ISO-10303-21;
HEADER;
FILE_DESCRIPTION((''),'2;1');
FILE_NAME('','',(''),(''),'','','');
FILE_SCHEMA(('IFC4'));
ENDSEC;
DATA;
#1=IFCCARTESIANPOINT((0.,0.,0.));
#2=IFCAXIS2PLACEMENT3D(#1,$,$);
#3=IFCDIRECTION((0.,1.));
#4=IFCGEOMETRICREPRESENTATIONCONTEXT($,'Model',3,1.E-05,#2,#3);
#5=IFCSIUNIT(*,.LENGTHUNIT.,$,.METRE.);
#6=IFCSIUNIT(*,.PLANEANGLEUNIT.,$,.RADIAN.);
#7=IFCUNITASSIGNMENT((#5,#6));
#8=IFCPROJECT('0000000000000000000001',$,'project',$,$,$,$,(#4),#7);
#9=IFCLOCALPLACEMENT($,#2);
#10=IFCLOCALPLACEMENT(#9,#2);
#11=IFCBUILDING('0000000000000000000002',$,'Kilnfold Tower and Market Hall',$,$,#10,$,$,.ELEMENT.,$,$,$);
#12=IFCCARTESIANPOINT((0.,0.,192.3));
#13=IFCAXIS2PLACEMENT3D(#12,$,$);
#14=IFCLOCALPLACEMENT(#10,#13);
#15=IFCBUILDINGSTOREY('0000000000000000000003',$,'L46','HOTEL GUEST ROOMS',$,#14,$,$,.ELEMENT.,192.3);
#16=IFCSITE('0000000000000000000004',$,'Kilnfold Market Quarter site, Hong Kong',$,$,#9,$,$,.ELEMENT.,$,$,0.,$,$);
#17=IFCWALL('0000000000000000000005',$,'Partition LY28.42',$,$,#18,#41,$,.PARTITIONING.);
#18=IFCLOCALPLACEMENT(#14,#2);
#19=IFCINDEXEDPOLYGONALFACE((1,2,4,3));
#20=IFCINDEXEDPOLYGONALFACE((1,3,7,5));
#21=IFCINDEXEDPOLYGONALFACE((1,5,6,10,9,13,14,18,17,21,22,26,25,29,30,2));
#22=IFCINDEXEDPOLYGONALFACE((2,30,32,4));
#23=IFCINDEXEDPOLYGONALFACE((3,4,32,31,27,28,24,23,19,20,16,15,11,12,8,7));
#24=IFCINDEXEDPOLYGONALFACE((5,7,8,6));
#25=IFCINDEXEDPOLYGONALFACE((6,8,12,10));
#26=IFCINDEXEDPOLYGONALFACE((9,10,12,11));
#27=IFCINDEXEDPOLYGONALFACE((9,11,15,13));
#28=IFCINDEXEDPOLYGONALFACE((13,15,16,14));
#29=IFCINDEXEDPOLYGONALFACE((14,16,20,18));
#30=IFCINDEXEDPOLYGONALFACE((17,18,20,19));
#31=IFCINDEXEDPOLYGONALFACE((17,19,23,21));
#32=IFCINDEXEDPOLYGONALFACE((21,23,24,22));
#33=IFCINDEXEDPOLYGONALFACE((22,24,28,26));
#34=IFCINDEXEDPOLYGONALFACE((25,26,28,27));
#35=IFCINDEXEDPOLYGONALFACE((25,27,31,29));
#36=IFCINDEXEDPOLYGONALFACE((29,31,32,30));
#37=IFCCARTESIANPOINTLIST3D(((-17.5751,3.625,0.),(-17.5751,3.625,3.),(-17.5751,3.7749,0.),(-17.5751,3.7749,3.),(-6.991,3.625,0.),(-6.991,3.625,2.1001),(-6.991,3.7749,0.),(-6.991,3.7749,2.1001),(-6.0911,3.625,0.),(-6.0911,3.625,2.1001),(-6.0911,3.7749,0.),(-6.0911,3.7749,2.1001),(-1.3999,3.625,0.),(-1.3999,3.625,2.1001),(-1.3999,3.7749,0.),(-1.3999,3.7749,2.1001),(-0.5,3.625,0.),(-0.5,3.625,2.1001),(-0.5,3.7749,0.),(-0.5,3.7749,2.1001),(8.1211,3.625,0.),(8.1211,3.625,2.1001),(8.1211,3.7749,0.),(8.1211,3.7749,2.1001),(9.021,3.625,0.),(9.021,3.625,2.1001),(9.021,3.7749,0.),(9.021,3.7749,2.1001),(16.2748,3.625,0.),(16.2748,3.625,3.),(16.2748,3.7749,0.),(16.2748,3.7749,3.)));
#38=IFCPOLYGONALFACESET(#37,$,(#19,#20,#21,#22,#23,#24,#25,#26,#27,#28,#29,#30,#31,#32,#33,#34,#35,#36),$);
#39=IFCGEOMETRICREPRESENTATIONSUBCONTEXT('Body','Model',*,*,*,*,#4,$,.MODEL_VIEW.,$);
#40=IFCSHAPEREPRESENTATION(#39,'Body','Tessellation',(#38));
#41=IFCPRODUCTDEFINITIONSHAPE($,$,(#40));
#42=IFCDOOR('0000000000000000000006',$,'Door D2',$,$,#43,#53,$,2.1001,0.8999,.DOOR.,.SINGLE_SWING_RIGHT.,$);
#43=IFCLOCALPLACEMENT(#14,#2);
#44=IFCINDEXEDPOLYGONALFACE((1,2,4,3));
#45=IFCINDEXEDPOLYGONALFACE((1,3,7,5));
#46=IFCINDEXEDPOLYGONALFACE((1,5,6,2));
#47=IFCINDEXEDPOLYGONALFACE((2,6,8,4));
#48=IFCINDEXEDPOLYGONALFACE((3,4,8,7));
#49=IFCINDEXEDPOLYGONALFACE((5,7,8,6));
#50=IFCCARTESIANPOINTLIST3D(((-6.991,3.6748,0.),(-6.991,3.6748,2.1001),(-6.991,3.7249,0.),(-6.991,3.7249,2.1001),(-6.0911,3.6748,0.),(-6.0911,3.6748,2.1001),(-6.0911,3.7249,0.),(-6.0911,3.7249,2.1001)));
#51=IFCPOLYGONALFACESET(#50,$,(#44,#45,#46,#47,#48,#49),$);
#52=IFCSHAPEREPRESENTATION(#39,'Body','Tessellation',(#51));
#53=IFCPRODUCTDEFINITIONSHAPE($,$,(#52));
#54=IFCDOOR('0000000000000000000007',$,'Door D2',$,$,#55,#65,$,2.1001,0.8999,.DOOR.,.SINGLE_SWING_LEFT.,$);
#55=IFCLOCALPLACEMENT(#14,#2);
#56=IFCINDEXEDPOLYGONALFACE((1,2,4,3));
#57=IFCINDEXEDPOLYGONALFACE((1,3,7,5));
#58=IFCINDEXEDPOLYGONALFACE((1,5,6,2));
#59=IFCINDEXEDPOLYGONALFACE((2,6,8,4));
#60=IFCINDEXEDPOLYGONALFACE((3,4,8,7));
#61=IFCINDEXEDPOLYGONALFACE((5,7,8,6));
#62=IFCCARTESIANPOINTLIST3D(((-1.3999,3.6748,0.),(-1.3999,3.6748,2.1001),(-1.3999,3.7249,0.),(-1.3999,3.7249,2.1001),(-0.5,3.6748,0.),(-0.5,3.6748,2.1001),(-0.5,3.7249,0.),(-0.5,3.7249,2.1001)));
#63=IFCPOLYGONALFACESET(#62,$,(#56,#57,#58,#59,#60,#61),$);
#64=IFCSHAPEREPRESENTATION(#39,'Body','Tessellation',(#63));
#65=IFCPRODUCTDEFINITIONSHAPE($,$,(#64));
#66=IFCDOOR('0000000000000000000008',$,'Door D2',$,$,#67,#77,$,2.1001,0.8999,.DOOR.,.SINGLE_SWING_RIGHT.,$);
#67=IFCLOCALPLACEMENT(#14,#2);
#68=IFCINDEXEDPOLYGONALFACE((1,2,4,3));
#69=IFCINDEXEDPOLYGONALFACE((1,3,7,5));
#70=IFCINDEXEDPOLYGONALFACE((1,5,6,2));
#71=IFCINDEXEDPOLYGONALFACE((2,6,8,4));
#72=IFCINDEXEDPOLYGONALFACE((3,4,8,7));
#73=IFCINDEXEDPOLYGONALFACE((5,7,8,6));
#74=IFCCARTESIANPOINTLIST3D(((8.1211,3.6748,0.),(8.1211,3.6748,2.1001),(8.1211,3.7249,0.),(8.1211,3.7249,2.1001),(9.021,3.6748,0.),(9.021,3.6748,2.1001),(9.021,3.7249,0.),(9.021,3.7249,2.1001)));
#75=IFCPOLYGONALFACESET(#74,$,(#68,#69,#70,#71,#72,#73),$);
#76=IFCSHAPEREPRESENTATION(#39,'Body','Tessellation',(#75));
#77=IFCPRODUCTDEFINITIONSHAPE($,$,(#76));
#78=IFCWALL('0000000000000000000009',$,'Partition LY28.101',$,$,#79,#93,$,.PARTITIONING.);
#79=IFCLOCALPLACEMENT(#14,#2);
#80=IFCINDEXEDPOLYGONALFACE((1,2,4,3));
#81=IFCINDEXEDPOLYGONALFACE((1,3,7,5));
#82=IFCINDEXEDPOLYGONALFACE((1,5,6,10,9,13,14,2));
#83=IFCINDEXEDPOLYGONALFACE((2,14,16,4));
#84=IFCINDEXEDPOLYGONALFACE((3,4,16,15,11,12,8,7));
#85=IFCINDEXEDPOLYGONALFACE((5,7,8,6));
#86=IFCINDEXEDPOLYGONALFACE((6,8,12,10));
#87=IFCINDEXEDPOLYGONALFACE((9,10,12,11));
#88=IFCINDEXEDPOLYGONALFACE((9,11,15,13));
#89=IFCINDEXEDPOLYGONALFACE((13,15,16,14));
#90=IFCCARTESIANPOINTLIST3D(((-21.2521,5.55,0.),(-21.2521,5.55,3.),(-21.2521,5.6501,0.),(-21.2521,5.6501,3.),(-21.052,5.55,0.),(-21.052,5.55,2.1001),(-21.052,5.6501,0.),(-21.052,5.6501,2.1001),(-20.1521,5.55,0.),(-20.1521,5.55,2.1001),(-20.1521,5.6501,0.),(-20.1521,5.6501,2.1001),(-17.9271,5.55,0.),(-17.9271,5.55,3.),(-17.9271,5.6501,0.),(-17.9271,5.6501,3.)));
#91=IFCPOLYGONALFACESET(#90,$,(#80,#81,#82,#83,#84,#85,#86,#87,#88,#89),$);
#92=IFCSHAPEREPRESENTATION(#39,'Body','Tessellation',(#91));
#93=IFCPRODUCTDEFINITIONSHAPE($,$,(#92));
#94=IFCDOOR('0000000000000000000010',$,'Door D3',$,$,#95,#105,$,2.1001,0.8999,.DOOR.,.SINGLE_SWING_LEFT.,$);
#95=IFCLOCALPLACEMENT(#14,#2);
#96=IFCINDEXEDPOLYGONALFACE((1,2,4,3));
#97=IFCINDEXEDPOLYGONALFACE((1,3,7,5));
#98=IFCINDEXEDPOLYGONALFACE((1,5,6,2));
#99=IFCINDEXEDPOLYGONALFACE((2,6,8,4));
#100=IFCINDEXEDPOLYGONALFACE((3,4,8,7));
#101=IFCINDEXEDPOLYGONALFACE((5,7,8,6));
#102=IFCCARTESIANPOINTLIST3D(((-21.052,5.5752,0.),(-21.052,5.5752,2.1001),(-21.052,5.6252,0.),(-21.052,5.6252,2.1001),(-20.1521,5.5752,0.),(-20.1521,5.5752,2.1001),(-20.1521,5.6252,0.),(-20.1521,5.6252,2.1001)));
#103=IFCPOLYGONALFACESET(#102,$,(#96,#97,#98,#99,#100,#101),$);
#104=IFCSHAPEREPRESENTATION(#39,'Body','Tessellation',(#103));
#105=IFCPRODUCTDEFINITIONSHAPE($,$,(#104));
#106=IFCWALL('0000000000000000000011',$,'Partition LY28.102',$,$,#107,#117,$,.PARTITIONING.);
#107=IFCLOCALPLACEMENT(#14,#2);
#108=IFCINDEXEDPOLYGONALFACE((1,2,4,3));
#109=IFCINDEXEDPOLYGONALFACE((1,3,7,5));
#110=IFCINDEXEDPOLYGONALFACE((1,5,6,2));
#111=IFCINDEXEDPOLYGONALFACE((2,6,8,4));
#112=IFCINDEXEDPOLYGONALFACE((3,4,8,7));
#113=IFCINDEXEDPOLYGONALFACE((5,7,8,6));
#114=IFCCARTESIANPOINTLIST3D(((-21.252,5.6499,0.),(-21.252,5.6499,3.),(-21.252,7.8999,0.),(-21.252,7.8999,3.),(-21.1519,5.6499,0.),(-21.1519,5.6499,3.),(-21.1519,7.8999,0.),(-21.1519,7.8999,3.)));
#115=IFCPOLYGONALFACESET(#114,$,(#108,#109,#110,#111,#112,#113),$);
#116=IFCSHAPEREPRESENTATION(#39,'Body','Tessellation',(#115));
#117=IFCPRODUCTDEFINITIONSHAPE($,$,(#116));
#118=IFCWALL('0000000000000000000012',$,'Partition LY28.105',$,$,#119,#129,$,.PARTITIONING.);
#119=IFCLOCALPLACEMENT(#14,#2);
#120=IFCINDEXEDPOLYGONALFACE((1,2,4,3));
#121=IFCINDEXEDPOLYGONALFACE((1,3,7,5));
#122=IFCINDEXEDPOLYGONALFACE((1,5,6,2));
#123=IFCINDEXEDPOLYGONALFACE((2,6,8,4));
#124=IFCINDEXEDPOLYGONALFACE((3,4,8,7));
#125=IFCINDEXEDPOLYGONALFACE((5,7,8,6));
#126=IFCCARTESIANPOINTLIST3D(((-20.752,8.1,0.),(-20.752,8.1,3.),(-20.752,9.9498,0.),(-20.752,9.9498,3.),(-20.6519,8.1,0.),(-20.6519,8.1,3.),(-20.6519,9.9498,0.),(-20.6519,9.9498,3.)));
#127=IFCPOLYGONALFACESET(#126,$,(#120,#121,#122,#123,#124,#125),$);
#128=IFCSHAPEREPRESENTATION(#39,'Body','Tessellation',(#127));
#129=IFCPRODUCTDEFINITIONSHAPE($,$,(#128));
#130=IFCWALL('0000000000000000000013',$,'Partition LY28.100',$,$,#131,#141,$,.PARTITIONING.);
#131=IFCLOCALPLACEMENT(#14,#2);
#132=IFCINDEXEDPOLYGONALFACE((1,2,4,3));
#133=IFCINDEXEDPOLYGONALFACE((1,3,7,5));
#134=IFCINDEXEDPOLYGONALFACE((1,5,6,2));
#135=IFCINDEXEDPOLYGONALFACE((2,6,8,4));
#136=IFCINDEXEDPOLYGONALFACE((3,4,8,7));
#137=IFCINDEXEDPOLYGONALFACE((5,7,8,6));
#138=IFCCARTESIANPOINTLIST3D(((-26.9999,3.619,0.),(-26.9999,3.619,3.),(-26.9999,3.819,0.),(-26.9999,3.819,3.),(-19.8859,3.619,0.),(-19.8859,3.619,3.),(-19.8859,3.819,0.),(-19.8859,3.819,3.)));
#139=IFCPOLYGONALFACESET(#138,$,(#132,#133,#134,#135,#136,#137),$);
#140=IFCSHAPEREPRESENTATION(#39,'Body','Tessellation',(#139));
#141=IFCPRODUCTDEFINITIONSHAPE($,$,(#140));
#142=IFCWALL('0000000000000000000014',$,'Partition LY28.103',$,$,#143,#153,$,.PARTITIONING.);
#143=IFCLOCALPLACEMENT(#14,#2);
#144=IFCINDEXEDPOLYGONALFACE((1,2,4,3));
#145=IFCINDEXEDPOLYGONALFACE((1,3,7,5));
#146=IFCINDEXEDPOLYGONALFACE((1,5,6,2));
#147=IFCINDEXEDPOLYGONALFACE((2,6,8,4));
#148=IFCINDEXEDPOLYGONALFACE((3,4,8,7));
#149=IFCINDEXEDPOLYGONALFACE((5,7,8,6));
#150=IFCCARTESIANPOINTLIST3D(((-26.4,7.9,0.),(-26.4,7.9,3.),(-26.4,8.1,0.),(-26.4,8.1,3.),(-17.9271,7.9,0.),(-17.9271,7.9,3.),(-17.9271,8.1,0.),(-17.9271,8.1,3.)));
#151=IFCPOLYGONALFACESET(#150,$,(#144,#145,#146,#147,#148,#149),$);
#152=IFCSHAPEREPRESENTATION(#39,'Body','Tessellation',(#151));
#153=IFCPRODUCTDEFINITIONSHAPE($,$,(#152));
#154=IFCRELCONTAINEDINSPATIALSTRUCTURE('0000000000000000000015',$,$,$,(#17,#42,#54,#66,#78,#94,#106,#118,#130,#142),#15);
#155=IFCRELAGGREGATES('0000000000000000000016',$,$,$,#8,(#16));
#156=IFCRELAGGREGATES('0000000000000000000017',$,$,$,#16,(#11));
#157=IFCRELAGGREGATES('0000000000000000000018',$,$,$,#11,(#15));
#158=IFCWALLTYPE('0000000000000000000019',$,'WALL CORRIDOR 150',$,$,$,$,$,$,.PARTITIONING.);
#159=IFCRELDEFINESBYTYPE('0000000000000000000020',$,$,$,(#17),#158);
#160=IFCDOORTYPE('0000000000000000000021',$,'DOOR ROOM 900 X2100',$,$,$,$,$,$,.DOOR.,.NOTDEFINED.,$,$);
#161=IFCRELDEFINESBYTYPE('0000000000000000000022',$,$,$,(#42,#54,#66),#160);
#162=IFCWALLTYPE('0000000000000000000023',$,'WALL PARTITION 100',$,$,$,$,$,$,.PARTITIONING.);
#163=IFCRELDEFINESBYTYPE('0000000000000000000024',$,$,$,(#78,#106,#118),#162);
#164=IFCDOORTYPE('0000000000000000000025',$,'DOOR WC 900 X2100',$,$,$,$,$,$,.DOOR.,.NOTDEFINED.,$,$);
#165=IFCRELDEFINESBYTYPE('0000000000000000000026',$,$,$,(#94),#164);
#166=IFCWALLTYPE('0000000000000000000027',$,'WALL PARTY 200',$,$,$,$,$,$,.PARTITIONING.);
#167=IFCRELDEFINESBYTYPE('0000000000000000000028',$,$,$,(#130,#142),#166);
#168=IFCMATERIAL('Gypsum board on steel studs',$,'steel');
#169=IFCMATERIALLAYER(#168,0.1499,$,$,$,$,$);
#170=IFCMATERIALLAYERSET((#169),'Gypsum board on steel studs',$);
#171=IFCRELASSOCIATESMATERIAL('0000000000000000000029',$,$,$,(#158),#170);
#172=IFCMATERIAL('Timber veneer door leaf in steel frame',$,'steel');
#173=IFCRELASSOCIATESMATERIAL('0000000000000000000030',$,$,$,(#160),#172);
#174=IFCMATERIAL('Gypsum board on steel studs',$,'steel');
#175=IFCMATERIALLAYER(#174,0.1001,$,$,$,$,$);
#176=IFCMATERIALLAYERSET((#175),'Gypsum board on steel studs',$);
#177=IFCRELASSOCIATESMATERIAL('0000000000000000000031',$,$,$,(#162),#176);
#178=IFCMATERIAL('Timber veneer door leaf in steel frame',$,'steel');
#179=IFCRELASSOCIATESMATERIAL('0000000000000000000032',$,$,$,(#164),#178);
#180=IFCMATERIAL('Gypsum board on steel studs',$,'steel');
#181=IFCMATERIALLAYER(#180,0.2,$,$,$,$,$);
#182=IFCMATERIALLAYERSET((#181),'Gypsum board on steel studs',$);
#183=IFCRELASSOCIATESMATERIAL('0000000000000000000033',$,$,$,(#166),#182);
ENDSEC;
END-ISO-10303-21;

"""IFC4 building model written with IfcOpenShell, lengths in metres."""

from ifc_helpers import new_model, si_unit, direction, frame, frame_2d, origin, place, context, subcontext, project, spatial, rectangle, extrude, material, layer, layer_set, type_object, element, fill, save


model = new_model("IFC4")

# Units and contexts
model_context = context("Model", 3, precision=1e-05, world=origin(), true_north=direction((0.0, 1.0)))
body_context = subcontext(model_context, "Body", "Model", "MODEL_VIEW")
ifc_project = project(units=[si_unit("LENGTHUNIT", "METRE"), si_unit("PLANEANGLEUNIT", "RADIAN")], contexts=[model_context])

# Site, building, storey
site_placement = place(None, origin())
site = spatial("IfcSite", under=ifc_project, at=site_placement, Name="Kilnfold Market Quarter site, Hong Kong", CompositionType="ELEMENT", RefElevation=0.0)
building_placement = place(site_placement, origin())
building = spatial("IfcBuilding", under=site, at=building_placement, Name="Kilnfold Tower and Market Hall", CompositionType="ELEMENT")
storey_placement = place(building_placement, frame((0.0, 0.0, 192.3)))
storey = spatial("IfcBuildingStorey", under=building, at=storey_placement, Name="L46", Description="HOTEL GUEST ROOMS", CompositionType="ELEMENT", Elevation=192.3)

# Shared definitions
ifc_material_1 = material(Name="Gypsum board on steel studs", Category="steel")
ifc_layer_1 = layer(ifc_material_1, 0.1499)
ifc_layer_set_1 = layer_set([ifc_layer_1], Name="Gypsum board on steel studs")
wall_type_1 = type_object("IfcWallType", Name="WALL CORRIDOR 150", PredefinedType="PARTITIONING", material=ifc_layer_set_1)

# Wall, openings, doors
wall_1_placement = place(storey_placement, frame((-17.575, 3.7, 0.0), z_axis=(0.0, 0.0, 1.0), x_axis=(1.0, 0.0, 0.0)))
wall_1 = element("IfcWall", 1, at=wall_1_placement, inside=storey, type_object=wall_type_1, Name="Partition LY28.42", PredefinedType="PARTITIONING", context=body_context, shape_type="SweptSolid", body=[
    extrude(rectangle(XDim=33.8499, YDim=0.1499, at=frame_2d((16.9248, 0.0))), origin(), (0.0, 0.0, 1.0), 3.0),
])
opening_1_placement = place(wall_1_placement, frame((10.584, 0.0, 0.0)))
opening_1 = element("IfcOpeningElement", 2, at=opening_1_placement, cuts=wall_1, PredefinedType="OPENING", context=body_context, shape_type="SweptSolid", body=[
    extrude(rectangle(XDim=0.8999, YDim=2.1001, at=frame_2d((0.45, 1.05))), frame((0.0, 0.085, 0.0), z_axis=(0.0, -1.0, 0.0), x_axis=(1.0, 0.0, 0.0)), (0.0, 0.0, 1.0), 0.1699),
])
opening_2_placement = place(wall_1_placement, frame((16.175, 0.0, 0.0)))
opening_2 = element("IfcOpeningElement", 3, at=opening_2_placement, cuts=wall_1, PredefinedType="OPENING", context=body_context, shape_type="SweptSolid", body=[
    extrude(rectangle(XDim=0.8999, YDim=2.1001, at=frame_2d((0.45, 1.05))), frame((0.0, 0.085, 0.0), z_axis=(0.0, -1.0, 0.0), x_axis=(1.0, 0.0, 0.0)), (0.0, 0.0, 1.0), 0.1699),
])
opening_3_placement = place(wall_1_placement, frame((25.696, 0.0, 0.0)))
opening_3 = element("IfcOpeningElement", 4, at=opening_3_placement, cuts=wall_1, PredefinedType="OPENING", context=body_context, shape_type="SweptSolid", body=[
    extrude(rectangle(XDim=0.8999, YDim=2.1001, at=frame_2d((0.45, 1.05))), frame((0.0, 0.085, 0.0), z_axis=(0.0, -1.0, 0.0), x_axis=(1.0, 0.0, 0.0)), (0.0, 0.0, 1.0), 0.1699),
])
ifc_material_2 = material(Name="Timber veneer door leaf in steel frame", Category="steel")
door_type_1 = type_object("IfcDoorType", Name="DOOR ROOM 900 X2100", OperationType="NOTDEFINED", PredefinedType="DOOR", material=ifc_material_2)
door_1_placement = place(opening_1_placement, origin())
door_1 = element("IfcDoor", 5, at=door_1_placement, inside=storey, type_object=door_type_1, Name="Door D2", OperationType="SINGLE_SWING_RIGHT", OverallHeight=2.1001, OverallWidth=0.8999, PredefinedType="DOOR", context=body_context, shape_type="SweptSolid", body=[
    extrude(rectangle(XDim=0.8999, YDim=2.1001, at=frame_2d((0.45, 1.05))), frame((0.0, 0.0249, 0.0), z_axis=(0.0, -1.0, 0.0), x_axis=(1.0, 0.0, 0.0)), (0.0, 0.0, 1.0), 0.05),
])
fill(opening_1, door_1)
door_2_placement = place(opening_2_placement, origin())
door_2 = element("IfcDoor", 6, at=door_2_placement, inside=storey, type_object=door_type_1, Name="Door D2", OperationType="SINGLE_SWING_LEFT", OverallHeight=2.1001, OverallWidth=0.8999, PredefinedType="DOOR", context=body_context, shape_type="SweptSolid", body=[
    extrude(rectangle(XDim=0.8999, YDim=2.1001, at=frame_2d((0.45, 1.05))), frame((0.0, 0.0249, 0.0), z_axis=(0.0, -1.0, 0.0), x_axis=(1.0, 0.0, 0.0)), (0.0, 0.0, 1.0), 0.05),
])
fill(opening_2, door_2)
door_3_placement = place(opening_3_placement, origin())
door_3 = element("IfcDoor", 7, at=door_3_placement, inside=storey, type_object=door_type_1, Name="Door D2", OperationType="SINGLE_SWING_RIGHT", OverallHeight=2.1001, OverallWidth=0.8999, PredefinedType="DOOR", context=body_context, shape_type="SweptSolid", body=[
    extrude(rectangle(XDim=0.8999, YDim=2.1001, at=frame_2d((0.45, 1.05))), frame((0.0, 0.0249, 0.0), z_axis=(0.0, -1.0, 0.0), x_axis=(1.0, 0.0, 0.0)), (0.0, 0.0, 1.0), 0.05),
])
fill(opening_3, door_3)

# Wall, opening, door
ifc_material_3 = material(Name="Gypsum board on steel studs", Category="steel")
ifc_layer_2 = layer(ifc_material_3, 0.1001)
ifc_layer_set_2 = layer_set([ifc_layer_2], Name="Gypsum board on steel studs")
wall_type_2 = type_object("IfcWallType", Name="WALL PARTITION 100", PredefinedType="PARTITIONING", material=ifc_layer_set_2)
wall_2_placement = place(storey_placement, frame((-17.927, 5.6001, 0.0), z_axis=(0.0, 0.0, 1.0), x_axis=(-1.0, 0.0, 0.0)))
wall_2 = element("IfcWall", 8, at=wall_2_placement, inside=storey, type_object=wall_type_2, Name="Partition LY28.101", PredefinedType="PARTITIONING", context=body_context, shape_type="SweptSolid", body=[
    extrude(rectangle(XDim=3.325, YDim=0.1001, at=frame_2d((1.6626, 0.0))), origin(), (0.0, 0.0, 1.0), 3.0),
])
opening_4_placement = place(wall_2_placement, frame((2.2251, 0.0, 0.0)))
opening_4 = element("IfcOpeningElement", 9, at=opening_4_placement, cuts=wall_2, PredefinedType="OPENING", context=body_context, shape_type="SweptSolid", body=[
    extrude(rectangle(XDim=0.8999, YDim=2.1001, at=frame_2d((0.45, 1.05))), frame((0.0, 0.0601, 0.0), z_axis=(0.0, -1.0, 0.0), x_axis=(1.0, 0.0, 0.0)), (0.0, 0.0, 1.0), 0.1201),
])
ifc_material_4 = material(Name="Timber veneer door leaf in steel frame", Category="steel")
door_type_2 = type_object("IfcDoorType", Name="DOOR WC 900 X2100", OperationType="NOTDEFINED", PredefinedType="DOOR", material=ifc_material_4)
door_4_placement = place(opening_4_placement, origin())
door_4 = element("IfcDoor", 10, at=door_4_placement, inside=storey, type_object=door_type_2, Name="Door D3", OperationType="SINGLE_SWING_LEFT", OverallHeight=2.1001, OverallWidth=0.8999, PredefinedType="DOOR", context=body_context, shape_type="SweptSolid", body=[
    extrude(rectangle(XDim=0.8999, YDim=2.1001, at=frame_2d((0.45, 1.05))), frame((0.0, 0.0249, 0.0), z_axis=(0.0, -1.0, 0.0), x_axis=(1.0, 0.0, 0.0)), (0.0, 0.0, 1.0), 0.05),
])
fill(opening_4, door_4)

# Walls
wall_3_placement = place(storey_placement, frame((-21.2019, 5.6499, 0.0), z_axis=(0.0, 0.0, 1.0), x_axis=(0.0, 1.0, 0.0)))
element("IfcWall", 11, at=wall_3_placement, inside=storey, type_object=wall_type_2, Name="Partition LY28.102", PredefinedType="PARTITIONING", context=body_context, shape_type="SweptSolid", body=[
    extrude(rectangle(XDim=2.25, YDim=0.1001, at=frame_2d((1.125, 0.0))), origin(), (0.0, 0.0, 1.0), 3.0),
])
wall_4_placement = place(storey_placement, frame((-20.7019, 8.1001, 0.0), z_axis=(0.0, 0.0, 1.0), x_axis=(0.0, 1.0, 0.0)))
element("IfcWall", 12, at=wall_4_placement, inside=storey, type_object=wall_type_2, Name="Partition LY28.105", PredefinedType="PARTITIONING", context=body_context, shape_type="SweptSolid", body=[
    extrude(rectangle(XDim=1.8499, YDim=0.1001, at=frame_2d((0.9248, 0.0))), origin(), (0.0, 0.0, 1.0), 3.0),
])
ifc_material_5 = material(Name="Gypsum board on steel studs", Category="steel")
ifc_layer_3 = layer(ifc_material_5, 0.2)
ifc_layer_set_3 = layer_set([ifc_layer_3], Name="Gypsum board on steel studs")
wall_type_3 = type_object("IfcWallType", Name="WALL PARTY 200", PredefinedType="PARTITIONING", material=ifc_layer_set_3)
wall_5_placement = place(storey_placement, frame((-27.0, 3.719, 0.0), z_axis=(0.0, 0.0, 1.0), x_axis=(1.0, 0.0, 0.0)))
element("IfcWall", 13, at=wall_5_placement, inside=storey, type_object=wall_type_3, Name="Partition LY28.100", PredefinedType="PARTITIONING", context=body_context, shape_type="SweptSolid", body=[
    extrude(rectangle(XDim=7.114, YDim=0.2, at=frame_2d((3.5571, 0.0))), origin(), (0.0, 0.0, 1.0), 3.0),
])
wall_6_placement = place(storey_placement, frame((-26.3999, 8.0, 0.0), z_axis=(0.0, 0.0, 1.0), x_axis=(1.0, 0.0, 0.0)))
element("IfcWall", 14, at=wall_6_placement, inside=storey, type_object=wall_type_3, Name="Partition LY28.103", PredefinedType="PARTITIONING", context=body_context, shape_type="SweptSolid", body=[
    extrude(rectangle(XDim=8.4729, YDim=0.2, at=frame_2d((4.2363, 0.0))), origin(), (0.0, 0.0, 1.0), 3.0),
])

save(model, "model.ifc")
